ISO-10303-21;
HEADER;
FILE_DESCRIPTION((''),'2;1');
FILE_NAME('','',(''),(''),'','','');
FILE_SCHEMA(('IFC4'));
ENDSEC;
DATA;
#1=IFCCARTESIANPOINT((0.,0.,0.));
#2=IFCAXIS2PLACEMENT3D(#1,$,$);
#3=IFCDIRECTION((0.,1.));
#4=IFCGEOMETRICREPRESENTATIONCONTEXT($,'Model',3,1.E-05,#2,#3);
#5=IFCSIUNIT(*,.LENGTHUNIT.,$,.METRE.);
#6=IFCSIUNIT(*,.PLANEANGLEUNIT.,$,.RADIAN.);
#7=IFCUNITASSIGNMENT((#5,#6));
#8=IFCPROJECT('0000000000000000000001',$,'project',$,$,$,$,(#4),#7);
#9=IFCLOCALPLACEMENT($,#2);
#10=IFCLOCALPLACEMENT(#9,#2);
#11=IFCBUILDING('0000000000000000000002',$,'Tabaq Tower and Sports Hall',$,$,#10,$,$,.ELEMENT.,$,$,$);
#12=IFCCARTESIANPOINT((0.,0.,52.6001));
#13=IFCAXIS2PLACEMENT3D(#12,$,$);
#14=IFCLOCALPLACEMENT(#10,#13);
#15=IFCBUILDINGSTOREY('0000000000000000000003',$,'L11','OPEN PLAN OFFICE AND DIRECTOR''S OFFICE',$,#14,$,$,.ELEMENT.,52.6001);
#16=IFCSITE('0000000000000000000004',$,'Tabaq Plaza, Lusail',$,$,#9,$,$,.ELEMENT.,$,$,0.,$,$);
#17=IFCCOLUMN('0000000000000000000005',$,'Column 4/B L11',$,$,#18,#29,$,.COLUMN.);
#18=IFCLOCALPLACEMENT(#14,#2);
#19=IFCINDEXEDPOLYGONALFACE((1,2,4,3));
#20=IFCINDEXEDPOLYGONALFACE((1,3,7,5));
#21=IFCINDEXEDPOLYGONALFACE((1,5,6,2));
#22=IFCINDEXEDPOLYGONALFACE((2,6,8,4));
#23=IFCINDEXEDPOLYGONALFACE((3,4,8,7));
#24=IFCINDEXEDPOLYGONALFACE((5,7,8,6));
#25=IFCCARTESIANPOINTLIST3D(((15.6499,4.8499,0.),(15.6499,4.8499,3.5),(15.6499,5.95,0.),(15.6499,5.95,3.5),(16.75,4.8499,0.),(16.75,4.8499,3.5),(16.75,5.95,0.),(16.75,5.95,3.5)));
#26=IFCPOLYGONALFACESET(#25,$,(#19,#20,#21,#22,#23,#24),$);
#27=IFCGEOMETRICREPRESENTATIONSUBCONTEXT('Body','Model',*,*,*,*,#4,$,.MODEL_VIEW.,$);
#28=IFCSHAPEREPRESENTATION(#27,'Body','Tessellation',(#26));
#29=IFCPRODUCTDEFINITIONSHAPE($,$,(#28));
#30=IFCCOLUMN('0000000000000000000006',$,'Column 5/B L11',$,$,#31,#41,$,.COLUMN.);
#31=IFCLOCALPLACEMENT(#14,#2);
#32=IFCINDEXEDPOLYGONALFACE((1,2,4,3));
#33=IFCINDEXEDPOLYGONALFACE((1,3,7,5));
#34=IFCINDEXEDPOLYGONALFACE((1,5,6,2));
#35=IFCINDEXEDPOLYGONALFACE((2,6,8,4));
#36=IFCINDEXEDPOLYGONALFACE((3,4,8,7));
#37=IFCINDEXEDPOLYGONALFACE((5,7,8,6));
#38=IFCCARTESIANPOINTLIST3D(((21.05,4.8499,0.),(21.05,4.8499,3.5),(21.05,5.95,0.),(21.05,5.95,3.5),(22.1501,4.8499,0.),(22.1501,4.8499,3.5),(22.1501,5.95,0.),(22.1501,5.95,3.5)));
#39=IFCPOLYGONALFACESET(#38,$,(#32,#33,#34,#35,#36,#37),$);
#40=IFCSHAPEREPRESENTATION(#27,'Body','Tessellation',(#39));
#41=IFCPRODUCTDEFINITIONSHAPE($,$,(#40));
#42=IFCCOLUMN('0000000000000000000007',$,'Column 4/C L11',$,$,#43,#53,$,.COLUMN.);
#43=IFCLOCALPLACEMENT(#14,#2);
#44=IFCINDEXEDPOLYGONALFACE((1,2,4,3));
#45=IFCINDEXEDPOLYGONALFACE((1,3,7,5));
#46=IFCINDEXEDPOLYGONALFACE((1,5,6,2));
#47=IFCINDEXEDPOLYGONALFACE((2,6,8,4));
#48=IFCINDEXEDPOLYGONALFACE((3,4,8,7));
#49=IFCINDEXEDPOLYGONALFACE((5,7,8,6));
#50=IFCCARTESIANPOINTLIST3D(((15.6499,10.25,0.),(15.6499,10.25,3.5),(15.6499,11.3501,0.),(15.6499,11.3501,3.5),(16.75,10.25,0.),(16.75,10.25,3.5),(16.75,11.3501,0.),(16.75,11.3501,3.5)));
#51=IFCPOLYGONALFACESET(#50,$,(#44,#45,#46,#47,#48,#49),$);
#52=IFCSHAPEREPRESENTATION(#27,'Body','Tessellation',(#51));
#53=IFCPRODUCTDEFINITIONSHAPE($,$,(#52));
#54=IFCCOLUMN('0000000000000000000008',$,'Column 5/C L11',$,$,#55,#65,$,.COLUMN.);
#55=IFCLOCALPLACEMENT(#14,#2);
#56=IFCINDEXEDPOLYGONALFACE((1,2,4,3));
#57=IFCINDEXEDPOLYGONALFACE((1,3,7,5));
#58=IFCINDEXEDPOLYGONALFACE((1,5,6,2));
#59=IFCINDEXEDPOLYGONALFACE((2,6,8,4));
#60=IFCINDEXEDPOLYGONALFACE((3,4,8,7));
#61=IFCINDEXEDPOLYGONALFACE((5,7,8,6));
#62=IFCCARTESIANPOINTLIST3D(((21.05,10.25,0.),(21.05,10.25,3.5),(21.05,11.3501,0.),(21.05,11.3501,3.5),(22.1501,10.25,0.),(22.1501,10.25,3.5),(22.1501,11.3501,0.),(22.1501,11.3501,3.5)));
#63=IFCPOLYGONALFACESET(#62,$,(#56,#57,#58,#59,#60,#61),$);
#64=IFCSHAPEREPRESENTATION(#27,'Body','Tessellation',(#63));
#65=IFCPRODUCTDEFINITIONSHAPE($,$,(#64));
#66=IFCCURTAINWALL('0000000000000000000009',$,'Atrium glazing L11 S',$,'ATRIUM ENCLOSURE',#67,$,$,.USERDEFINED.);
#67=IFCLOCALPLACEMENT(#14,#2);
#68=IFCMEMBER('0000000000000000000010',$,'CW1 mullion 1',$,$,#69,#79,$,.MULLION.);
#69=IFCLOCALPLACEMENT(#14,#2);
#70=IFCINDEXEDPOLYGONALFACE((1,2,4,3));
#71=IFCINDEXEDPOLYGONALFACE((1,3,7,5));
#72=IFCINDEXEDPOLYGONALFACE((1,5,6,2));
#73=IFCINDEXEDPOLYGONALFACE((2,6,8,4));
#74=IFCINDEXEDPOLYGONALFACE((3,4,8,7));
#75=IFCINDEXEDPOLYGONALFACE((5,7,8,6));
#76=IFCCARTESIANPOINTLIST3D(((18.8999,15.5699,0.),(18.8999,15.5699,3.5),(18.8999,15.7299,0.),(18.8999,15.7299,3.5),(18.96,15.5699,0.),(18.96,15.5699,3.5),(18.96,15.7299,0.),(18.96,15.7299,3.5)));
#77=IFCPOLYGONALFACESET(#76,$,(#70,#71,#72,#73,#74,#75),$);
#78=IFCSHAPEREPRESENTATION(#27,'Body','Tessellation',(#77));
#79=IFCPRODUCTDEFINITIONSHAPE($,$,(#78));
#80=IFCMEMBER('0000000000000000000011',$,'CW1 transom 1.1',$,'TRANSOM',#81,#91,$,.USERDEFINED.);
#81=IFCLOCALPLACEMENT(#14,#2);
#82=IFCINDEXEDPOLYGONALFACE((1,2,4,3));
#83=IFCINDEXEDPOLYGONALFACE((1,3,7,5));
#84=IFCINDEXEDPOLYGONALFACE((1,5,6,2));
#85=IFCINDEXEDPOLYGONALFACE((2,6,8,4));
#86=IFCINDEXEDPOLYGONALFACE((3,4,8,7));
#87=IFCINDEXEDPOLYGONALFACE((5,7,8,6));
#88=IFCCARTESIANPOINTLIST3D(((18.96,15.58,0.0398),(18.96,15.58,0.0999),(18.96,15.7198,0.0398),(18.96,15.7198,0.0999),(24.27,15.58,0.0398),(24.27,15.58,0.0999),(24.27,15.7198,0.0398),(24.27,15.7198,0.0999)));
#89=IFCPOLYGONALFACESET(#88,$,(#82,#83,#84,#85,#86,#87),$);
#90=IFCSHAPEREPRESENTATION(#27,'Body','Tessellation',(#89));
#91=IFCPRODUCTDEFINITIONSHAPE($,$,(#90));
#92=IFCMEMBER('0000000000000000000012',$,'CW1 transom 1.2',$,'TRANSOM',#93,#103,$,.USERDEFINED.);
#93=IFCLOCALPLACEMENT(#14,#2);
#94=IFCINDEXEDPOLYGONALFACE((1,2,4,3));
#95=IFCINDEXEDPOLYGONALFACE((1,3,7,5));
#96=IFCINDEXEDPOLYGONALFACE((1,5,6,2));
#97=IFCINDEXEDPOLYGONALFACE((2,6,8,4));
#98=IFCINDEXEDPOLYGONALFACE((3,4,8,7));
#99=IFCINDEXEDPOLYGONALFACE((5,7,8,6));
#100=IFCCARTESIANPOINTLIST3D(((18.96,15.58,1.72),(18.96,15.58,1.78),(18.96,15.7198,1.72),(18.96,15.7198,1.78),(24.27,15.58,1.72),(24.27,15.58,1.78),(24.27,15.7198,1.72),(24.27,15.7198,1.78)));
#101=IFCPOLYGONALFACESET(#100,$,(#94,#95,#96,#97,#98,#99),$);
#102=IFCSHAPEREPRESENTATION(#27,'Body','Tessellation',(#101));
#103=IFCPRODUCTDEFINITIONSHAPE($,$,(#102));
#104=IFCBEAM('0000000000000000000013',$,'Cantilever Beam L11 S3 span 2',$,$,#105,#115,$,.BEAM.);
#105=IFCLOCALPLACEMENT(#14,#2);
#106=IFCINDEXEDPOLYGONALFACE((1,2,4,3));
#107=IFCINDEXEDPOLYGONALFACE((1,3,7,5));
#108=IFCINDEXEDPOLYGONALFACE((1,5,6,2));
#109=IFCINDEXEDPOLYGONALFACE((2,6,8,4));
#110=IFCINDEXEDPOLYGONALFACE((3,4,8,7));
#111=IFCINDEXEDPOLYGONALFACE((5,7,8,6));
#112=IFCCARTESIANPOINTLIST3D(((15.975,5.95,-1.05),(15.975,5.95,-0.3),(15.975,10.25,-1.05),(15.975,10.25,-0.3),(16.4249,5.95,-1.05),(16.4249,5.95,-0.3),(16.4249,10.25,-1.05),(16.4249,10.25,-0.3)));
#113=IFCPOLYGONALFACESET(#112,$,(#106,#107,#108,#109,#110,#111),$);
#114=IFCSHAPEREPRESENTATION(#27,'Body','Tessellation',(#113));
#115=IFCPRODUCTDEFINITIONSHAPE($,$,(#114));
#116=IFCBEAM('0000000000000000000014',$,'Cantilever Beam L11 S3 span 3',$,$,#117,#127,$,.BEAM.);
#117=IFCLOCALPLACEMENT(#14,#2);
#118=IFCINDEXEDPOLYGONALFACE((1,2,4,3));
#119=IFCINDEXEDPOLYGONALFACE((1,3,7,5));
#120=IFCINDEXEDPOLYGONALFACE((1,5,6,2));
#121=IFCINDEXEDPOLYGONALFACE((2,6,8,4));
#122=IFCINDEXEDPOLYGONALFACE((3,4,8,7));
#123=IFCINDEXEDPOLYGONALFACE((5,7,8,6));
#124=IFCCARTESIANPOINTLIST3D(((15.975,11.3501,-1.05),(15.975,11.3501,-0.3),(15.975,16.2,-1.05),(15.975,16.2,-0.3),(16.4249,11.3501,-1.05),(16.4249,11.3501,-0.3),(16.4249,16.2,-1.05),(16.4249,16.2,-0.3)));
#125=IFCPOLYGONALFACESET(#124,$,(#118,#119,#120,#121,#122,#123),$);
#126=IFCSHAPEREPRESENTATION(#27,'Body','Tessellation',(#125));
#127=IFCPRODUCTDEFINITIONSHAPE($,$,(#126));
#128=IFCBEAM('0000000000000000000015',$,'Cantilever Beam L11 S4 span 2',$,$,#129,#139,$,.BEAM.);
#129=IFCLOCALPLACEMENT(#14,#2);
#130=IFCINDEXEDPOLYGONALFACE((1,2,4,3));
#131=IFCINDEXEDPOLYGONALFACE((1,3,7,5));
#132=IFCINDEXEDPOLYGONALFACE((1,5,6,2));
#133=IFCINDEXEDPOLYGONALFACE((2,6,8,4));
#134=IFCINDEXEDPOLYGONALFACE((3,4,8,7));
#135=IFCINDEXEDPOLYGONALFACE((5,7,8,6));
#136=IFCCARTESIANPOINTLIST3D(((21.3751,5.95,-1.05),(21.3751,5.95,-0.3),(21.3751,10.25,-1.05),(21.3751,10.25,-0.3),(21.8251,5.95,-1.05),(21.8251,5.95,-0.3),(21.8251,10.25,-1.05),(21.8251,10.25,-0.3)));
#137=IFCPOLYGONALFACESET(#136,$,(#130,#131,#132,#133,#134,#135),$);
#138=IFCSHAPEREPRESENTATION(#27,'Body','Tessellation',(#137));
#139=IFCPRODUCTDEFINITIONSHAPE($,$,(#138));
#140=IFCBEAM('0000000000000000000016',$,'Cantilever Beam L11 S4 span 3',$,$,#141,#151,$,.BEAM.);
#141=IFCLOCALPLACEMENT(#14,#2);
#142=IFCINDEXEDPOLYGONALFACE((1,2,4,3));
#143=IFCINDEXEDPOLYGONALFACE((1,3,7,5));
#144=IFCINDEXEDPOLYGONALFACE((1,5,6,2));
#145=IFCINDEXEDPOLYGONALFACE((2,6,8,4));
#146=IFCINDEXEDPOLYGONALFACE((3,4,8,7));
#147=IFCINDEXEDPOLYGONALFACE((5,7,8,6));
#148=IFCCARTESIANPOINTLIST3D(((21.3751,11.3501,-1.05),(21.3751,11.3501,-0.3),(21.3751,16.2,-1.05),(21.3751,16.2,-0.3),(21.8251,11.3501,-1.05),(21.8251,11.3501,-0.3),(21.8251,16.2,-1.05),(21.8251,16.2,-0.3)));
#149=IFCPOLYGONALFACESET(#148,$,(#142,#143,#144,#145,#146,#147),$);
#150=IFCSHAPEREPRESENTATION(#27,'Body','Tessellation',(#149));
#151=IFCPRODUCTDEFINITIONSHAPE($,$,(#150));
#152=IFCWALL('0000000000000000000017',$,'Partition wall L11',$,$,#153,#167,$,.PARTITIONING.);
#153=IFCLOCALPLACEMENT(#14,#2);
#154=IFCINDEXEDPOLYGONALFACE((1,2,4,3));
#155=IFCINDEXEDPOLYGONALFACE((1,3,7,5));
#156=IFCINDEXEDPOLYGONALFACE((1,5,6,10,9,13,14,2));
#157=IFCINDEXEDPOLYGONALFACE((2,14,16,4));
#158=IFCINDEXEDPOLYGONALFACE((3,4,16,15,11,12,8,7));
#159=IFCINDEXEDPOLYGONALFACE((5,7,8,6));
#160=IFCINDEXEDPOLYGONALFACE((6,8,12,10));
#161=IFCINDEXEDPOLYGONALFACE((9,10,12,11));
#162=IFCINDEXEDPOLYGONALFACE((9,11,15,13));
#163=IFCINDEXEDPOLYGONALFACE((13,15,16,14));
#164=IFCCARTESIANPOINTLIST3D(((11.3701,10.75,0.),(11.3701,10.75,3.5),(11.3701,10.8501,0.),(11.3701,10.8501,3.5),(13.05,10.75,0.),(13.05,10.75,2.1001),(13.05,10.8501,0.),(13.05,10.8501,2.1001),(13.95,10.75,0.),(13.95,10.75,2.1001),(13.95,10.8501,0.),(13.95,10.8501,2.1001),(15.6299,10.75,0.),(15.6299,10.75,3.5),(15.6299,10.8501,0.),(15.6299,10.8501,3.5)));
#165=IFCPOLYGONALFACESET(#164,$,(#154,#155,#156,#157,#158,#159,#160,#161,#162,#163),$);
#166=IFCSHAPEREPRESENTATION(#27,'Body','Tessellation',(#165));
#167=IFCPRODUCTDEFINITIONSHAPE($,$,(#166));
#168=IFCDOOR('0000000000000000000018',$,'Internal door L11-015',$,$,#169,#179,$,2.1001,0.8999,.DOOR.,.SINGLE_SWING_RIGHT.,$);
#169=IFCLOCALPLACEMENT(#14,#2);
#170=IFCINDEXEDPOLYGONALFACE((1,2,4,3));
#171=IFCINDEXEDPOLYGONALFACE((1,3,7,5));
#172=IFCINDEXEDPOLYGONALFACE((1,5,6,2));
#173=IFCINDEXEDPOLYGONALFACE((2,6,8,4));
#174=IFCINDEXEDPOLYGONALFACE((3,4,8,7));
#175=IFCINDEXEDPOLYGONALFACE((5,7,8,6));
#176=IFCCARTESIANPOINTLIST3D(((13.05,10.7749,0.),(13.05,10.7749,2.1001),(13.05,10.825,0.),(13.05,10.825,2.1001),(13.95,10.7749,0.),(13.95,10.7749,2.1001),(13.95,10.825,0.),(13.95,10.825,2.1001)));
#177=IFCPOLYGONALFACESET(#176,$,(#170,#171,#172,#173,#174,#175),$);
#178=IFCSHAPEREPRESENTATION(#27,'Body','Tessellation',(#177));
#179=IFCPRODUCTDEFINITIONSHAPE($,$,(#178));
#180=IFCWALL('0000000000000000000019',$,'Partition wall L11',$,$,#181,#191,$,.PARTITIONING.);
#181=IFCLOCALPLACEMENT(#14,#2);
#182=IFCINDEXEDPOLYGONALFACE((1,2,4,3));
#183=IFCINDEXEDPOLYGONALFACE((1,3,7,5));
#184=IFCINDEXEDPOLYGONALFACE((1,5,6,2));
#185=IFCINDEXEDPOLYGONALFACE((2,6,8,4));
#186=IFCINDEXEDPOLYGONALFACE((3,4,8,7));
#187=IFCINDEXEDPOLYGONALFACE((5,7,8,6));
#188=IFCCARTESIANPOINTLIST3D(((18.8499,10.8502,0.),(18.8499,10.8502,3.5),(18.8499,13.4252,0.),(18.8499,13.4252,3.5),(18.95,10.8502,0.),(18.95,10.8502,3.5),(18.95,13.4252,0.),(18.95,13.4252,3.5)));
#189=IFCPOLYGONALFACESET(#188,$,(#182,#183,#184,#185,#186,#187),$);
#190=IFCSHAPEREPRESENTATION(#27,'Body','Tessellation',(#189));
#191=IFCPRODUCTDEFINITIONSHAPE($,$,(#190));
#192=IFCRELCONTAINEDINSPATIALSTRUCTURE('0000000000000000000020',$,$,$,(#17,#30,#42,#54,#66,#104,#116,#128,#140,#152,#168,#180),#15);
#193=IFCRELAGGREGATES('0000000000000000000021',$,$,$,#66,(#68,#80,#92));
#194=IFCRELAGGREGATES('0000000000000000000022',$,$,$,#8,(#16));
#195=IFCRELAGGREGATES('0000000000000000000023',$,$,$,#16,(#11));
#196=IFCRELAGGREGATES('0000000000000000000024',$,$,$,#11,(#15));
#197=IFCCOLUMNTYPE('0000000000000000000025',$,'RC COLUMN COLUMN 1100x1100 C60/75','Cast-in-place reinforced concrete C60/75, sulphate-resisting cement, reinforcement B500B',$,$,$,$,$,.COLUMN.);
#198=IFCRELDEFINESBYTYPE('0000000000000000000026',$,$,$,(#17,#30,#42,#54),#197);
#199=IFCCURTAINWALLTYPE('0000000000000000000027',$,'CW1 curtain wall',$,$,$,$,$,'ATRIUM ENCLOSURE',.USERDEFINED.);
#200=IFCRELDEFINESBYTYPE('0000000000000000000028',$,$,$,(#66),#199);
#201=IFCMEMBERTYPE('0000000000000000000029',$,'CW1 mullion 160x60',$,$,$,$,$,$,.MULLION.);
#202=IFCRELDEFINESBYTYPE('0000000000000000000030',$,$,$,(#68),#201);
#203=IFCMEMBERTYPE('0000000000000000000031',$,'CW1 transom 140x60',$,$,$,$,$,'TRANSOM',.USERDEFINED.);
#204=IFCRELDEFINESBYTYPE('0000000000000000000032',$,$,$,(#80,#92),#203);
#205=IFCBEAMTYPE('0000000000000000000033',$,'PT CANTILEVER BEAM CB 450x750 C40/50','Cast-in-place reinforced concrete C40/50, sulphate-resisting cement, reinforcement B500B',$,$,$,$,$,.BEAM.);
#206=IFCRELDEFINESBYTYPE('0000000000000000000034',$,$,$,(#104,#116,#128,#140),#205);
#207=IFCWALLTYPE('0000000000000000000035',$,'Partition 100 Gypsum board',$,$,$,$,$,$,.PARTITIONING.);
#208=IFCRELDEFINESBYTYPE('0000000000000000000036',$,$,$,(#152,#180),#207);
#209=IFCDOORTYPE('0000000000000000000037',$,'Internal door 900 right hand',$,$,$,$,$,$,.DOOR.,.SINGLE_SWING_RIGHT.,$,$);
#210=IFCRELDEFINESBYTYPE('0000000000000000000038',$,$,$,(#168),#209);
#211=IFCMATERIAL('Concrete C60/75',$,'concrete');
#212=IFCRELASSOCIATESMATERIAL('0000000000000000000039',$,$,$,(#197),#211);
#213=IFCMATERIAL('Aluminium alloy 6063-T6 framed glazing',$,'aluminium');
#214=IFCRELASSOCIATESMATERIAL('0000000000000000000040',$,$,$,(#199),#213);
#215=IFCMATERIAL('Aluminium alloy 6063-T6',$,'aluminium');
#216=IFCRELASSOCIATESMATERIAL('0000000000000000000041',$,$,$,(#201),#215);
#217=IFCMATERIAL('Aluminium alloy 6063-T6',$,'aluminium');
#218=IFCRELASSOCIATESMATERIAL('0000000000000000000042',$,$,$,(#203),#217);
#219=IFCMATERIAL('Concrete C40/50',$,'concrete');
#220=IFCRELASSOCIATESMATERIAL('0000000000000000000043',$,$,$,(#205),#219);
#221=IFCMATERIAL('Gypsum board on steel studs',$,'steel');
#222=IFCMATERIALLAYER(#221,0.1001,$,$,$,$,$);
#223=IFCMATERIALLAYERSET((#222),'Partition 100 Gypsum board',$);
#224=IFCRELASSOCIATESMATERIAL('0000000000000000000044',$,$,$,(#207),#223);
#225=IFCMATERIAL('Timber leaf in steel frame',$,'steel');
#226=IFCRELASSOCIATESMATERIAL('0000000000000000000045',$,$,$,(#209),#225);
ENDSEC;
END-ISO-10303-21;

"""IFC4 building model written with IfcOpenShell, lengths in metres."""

from ifc_helpers import new_model, si_unit, direction, frame, frame_2d, origin, origin_2d, place, context, subcontext, project, spatial, rectangle, extrude, material, layer, layer_set, material_profile, profile_set, type_object, element, fill, aggregate, save


model = new_model("IFC4")

# Units and contexts
model_context = context("Model", 3, precision=1e-05, world=origin(), true_north=direction((0.0, 1.0)))
body_context = subcontext(model_context, "Body", "Model", "MODEL_VIEW")
ifc_project = project(units=[si_unit("LENGTHUNIT", "METRE"), si_unit("PLANEANGLEUNIT", "RADIAN")], contexts=[model_context])

# Site, building, storey
site_placement = place(None, origin())
site = spatial("IfcSite", under=ifc_project, at=site_placement, Name="Tabaq Plaza, Lusail", CompositionType="ELEMENT", RefElevation=0.0)
building_placement = place(site_placement, origin())
building = spatial("IfcBuilding", under=site, at=building_placement, Name="Tabaq Tower and Sports Hall", CompositionType="ELEMENT")
storey_placement = place(building_placement, frame((0.0, 0.0, 52.6001)))
storey = spatial("IfcBuildingStorey", under=building, at=storey_placement, Name="L11", Description="OPEN PLAN OFFICE AND DIRECTOR'S OFFICE", CompositionType="ELEMENT", Elevation=52.6001)

# Columns
ifc_material_1 = material(Name="Concrete C60/75", Category="concrete")
ifc_material_profile_1 = material_profile(ifc_material_1, rectangle(XDim=1.1001, YDim=1.1001, at=origin_2d()), Name="COLUMN 1100x1100")
ifc_profile_set_1 = profile_set([ifc_material_profile_1], Name="Concrete C60/75")
column_type = type_object("IfcColumnType", Name="RC COLUMN COLUMN 1100x1100 C60/75", Description="Cast-in-place reinforced concrete C60/75, sulphate-resisting cement, reinforcement B500B", PredefinedType="COLUMN", material=ifc_profile_set_1)
for number, where, z_axis, x_axis, name in (
    (1, (16.2, 5.3999, 0.0), (0.0, 0.0, 1.0), (1.0, 0.0, 0.0), "Column 4/B L11"),
    (2, (21.6001, 5.3999, 0.0), (0.0, 0.0, 1.0), (1.0, 0.0, 0.0), "Column 5/B L11"),
    (3, (16.2, 10.8, 0.0), (0.0, 0.0, 1.0), (1.0, 0.0, 0.0), "Column 4/C L11"),
    (4, (21.6001, 10.8, 0.0), (0.0, 0.0, 1.0), (1.0, 0.0, 0.0), "Column 5/C L11"),
):
    element("IfcColumn", number, at=place(storey_placement, frame(where, z_axis=z_axis, x_axis=x_axis)), inside=storey, type_object=column_type, Name=name, PredefinedType="COLUMN", context=body_context, shape_type="SweptSolid", body=[
        extrude(rectangle(XDim=1.1001, YDim=1.1001, at=origin_2d()), origin(), (0.0, 0.0, 1.0), 3.5),
    ])

# Curtain wall, members
ifc_material_2 = material(Name="Aluminium alloy 6063-T6 framed glazing", Category="aluminium")
curtain_wall_type = type_object("IfcCurtainWallType", Name="CW1 curtain wall", ElementType="ATRIUM ENCLOSURE", PredefinedType="USERDEFINED", material=ifc_material_2)
curtain_wall_placement = place(storey_placement, origin())
curtain_wall = element("IfcCurtainWall", 5, at=curtain_wall_placement, inside=storey, type_object=curtain_wall_type, Name="Atrium glazing L11 S", ObjectType="ATRIUM ENCLOSURE", PredefinedType="USERDEFINED")
ifc_material_3 = material(Name="Aluminium alloy 6063-T6", Category="aluminium")
ifc_material_profile_2 = material_profile(ifc_material_3, rectangle(XDim=0.1599, YDim=0.0601, at=origin_2d()), Name="MULLION 160x60")
ifc_profile_set_2 = profile_set([ifc_material_profile_2], Name="Aluminium alloy 6063-T6")
member_type_1 = type_object("IfcMemberType", Name="CW1 mullion 160x60", PredefinedType="MULLION", material=ifc_profile_set_2)
member_1_placement = place(storey_placement, frame((18.9299, 15.6499, 0.0), z_axis=(0.0, 0.0, 1.0), x_axis=(0.0, 1.0, 0.0)))
member_1 = element("IfcMember", 6, at=member_1_placement, type_object=member_type_1, Name="CW1 mullion 1", PredefinedType="MULLION", context=body_context, shape_type="SweptSolid", body=[
    extrude(rectangle(XDim=0.1599, YDim=0.0601, at=origin_2d()), origin(), (0.0, 0.0, 1.0), 3.5),
])
ifc_material_4 = material(Name="Aluminium alloy 6063-T6", Category="aluminium")
ifc_material_profile_3 = material_profile(ifc_material_4, rectangle(XDim=0.1399, YDim=0.0601, at=origin_2d()), Name="TRANSOM 140x60")
ifc_profile_set_3 = profile_set([ifc_material_profile_3], Name="Aluminium alloy 6063-T6")
member_type_2 = type_object("IfcMemberType", Name="CW1 transom 140x60", ElementType="TRANSOM", PredefinedType="USERDEFINED", material=ifc_profile_set_3)
member_2_placement = place(storey_placement, frame((18.96, 15.6499, 0.0698), z_axis=(1.0, 0.0, 0.0), x_axis=(0.0, 1.0, 0.0)))
member_2 = element("IfcMember", 7, at=member_2_placement, type_object=member_type_2, Name="CW1 transom 1.1", ObjectType="TRANSOM", PredefinedType="USERDEFINED", context=body_context, shape_type="SweptSolid", body=[
    extrude(rectangle(XDim=0.1399, YDim=0.0601, at=origin_2d()), origin(), (0.0, 0.0, 1.0), 5.3101),
])
member_3_placement = place(storey_placement, frame((18.96, 15.6499, 1.75), z_axis=(1.0, 0.0, 0.0), x_axis=(0.0, 1.0, 0.0)))
member_3 = element("IfcMember", 8, at=member_3_placement, type_object=member_type_2, Name="CW1 transom 1.2", ObjectType="TRANSOM", PredefinedType="USERDEFINED", context=body_context, shape_type="SweptSolid", body=[
    extrude(rectangle(XDim=0.1399, YDim=0.0601, at=origin_2d()), origin(), (0.0, 0.0, 1.0), 5.3101),
])
aggregate(curtain_wall, [member_1, member_2, member_3])

# Beams
ifc_material_5 = material(Name="Concrete C40/50", Category="concrete")
ifc_material_profile_4 = material_profile(ifc_material_5, rectangle(XDim=0.45, YDim=0.75, at=origin_2d()), Name="CB 450x750")
ifc_profile_set_4 = profile_set([ifc_material_profile_4], Name="Concrete C40/50")
beam_type = type_object("IfcBeamType", Name="PT CANTILEVER BEAM CB 450x750 C40/50", Description="Cast-in-place reinforced concrete C40/50, sulphate-resisting cement, reinforcement B500B", PredefinedType="BEAM", material=ifc_profile_set_4)
beam_1_placement = place(storey_placement, frame((16.2, 5.95, -0.675), z_axis=(0.0, 1.0, 0.0), x_axis=(-1.0, 0.0, 0.0)))
element("IfcBeam", 9, at=beam_1_placement, inside=storey, type_object=beam_type, Name="Cantilever Beam L11 S3 span 2", PredefinedType="BEAM", context=body_context, shape_type="SweptSolid", body=[
    extrude(rectangle(XDim=0.45, YDim=0.75, at=origin_2d()), origin(), (0.0, 0.0, 1.0), 4.3),
])
beam_2_placement = place(storey_placement, frame((16.2, 11.3501, -0.675), z_axis=(0.0, 1.0, 0.0), x_axis=(-1.0, 0.0, 0.0)))
element("IfcBeam", 10, at=beam_2_placement, inside=storey, type_object=beam_type, Name="Cantilever Beam L11 S3 span 3", PredefinedType="BEAM", context=body_context, shape_type="SweptSolid", body=[
    extrude(rectangle(XDim=0.45, YDim=0.75, at=origin_2d()), origin(), (0.0, 0.0, 1.0), 4.8499),
])
beam_3_placement = place(storey_placement, frame((21.6001, 5.95, -0.675), z_axis=(0.0, 1.0, 0.0), x_axis=(-1.0, 0.0, 0.0)))
element("IfcBeam", 11, at=beam_3_placement, inside=storey, type_object=beam_type, Name="Cantilever Beam L11 S4 span 2", PredefinedType="BEAM", context=body_context, shape_type="SweptSolid", body=[
    extrude(rectangle(XDim=0.45, YDim=0.75, at=origin_2d()), origin(), (0.0, 0.0, 1.0), 4.3),
])
beam_4_placement = place(storey_placement, frame((21.6001, 11.3501, -0.675), z_axis=(0.0, 1.0, 0.0), x_axis=(-1.0, 0.0, 0.0)))
element("IfcBeam", 12, at=beam_4_placement, inside=storey, type_object=beam_type, Name="Cantilever Beam L11 S4 span 3", PredefinedType="BEAM", context=body_context, shape_type="SweptSolid", body=[
    extrude(rectangle(XDim=0.45, YDim=0.75, at=origin_2d()), origin(), (0.0, 0.0, 1.0), 4.8499),
])

# Wall, opening, door
ifc_material_6 = material(Name="Gypsum board on steel studs", Category="steel")
ifc_layer = layer(ifc_material_6, 0.1001)
ifc_layer_set = layer_set([ifc_layer], Name="Partition 100 Gypsum board")
wall_type = type_object("IfcWallType", Name="Partition 100 Gypsum board", PredefinedType="PARTITIONING", material=ifc_layer_set)
wall_1_placement = place(storey_placement, frame((11.3701, 10.8, 0.0), z_axis=(0.0, 0.0, 1.0), x_axis=(1.0, 0.0, 0.0)))
wall_1 = element("IfcWall", 13, at=wall_1_placement, inside=storey, type_object=wall_type, Name="Partition wall L11", PredefinedType="PARTITIONING", context=body_context, shape_type="SweptSolid", body=[
    extrude(rectangle(XDim=4.2598, YDim=0.1001, at=frame_2d((2.1299, 0.0))), origin(), (0.0, 0.0, 1.0), 3.5),
])
opening_1_placement = place(wall_1_placement, frame((1.6799, 0.0, 0.0)))
opening_1 = element("IfcOpeningElement", 14, at=opening_1_placement, cuts=wall_1, PredefinedType="OPENING", context=body_context, shape_type="SweptSolid", body=[
    extrude(rectangle(XDim=0.8999, YDim=2.1001, at=frame_2d((0.45, 1.05))), frame((0.0, 0.05, 0.0), z_axis=(0.0, -1.0, 0.0), x_axis=(1.0, 0.0, 0.0)), (0.0, 0.0, 1.0), 0.1001),
])
ifc_material_7 = material(Name="Timber leaf in steel frame", Category="steel")
door_type_1 = type_object("IfcDoorType", Name="Internal door 900 right hand", OperationType="SINGLE_SWING_RIGHT", PredefinedType="DOOR", material=ifc_material_7)
door_1_placement = place(opening_1_placement, origin())
door_1 = element("IfcDoor", 15, at=door_1_placement, inside=storey, type_object=door_type_1, Name="Internal door L11-015", OperationType="SINGLE_SWING_RIGHT", OverallHeight=2.1001, OverallWidth=0.8999, PredefinedType="DOOR", context=body_context, shape_type="SweptSolid", body=[
    extrude(rectangle(XDim=0.8999, YDim=2.1001, at=frame_2d((0.45, 1.05))), frame((0.0, 0.0249, 0.0), z_axis=(0.0, -1.0, 0.0), x_axis=(1.0, 0.0, 0.0)), (0.0, 0.0, 1.0), 0.05),
])
fill(opening_1, door_1)

# Wall
wall_2_placement = place(storey_placement, frame((18.8999, 10.8501, 0.0), z_axis=(0.0, 0.0, 1.0), x_axis=(0.0, 1.0, 0.0)))
element("IfcWall", 16, at=wall_2_placement, inside=storey, type_object=wall_type, Name="Partition wall L11", PredefinedType="PARTITIONING", context=body_context, shape_type="SweptSolid", body=[
    extrude(rectangle(XDim=2.575, YDim=0.1001, at=frame_2d((1.2876, 0.0))), origin(), (0.0, 0.0, 1.0), 3.5),
])

save(model, "model.ifc")
